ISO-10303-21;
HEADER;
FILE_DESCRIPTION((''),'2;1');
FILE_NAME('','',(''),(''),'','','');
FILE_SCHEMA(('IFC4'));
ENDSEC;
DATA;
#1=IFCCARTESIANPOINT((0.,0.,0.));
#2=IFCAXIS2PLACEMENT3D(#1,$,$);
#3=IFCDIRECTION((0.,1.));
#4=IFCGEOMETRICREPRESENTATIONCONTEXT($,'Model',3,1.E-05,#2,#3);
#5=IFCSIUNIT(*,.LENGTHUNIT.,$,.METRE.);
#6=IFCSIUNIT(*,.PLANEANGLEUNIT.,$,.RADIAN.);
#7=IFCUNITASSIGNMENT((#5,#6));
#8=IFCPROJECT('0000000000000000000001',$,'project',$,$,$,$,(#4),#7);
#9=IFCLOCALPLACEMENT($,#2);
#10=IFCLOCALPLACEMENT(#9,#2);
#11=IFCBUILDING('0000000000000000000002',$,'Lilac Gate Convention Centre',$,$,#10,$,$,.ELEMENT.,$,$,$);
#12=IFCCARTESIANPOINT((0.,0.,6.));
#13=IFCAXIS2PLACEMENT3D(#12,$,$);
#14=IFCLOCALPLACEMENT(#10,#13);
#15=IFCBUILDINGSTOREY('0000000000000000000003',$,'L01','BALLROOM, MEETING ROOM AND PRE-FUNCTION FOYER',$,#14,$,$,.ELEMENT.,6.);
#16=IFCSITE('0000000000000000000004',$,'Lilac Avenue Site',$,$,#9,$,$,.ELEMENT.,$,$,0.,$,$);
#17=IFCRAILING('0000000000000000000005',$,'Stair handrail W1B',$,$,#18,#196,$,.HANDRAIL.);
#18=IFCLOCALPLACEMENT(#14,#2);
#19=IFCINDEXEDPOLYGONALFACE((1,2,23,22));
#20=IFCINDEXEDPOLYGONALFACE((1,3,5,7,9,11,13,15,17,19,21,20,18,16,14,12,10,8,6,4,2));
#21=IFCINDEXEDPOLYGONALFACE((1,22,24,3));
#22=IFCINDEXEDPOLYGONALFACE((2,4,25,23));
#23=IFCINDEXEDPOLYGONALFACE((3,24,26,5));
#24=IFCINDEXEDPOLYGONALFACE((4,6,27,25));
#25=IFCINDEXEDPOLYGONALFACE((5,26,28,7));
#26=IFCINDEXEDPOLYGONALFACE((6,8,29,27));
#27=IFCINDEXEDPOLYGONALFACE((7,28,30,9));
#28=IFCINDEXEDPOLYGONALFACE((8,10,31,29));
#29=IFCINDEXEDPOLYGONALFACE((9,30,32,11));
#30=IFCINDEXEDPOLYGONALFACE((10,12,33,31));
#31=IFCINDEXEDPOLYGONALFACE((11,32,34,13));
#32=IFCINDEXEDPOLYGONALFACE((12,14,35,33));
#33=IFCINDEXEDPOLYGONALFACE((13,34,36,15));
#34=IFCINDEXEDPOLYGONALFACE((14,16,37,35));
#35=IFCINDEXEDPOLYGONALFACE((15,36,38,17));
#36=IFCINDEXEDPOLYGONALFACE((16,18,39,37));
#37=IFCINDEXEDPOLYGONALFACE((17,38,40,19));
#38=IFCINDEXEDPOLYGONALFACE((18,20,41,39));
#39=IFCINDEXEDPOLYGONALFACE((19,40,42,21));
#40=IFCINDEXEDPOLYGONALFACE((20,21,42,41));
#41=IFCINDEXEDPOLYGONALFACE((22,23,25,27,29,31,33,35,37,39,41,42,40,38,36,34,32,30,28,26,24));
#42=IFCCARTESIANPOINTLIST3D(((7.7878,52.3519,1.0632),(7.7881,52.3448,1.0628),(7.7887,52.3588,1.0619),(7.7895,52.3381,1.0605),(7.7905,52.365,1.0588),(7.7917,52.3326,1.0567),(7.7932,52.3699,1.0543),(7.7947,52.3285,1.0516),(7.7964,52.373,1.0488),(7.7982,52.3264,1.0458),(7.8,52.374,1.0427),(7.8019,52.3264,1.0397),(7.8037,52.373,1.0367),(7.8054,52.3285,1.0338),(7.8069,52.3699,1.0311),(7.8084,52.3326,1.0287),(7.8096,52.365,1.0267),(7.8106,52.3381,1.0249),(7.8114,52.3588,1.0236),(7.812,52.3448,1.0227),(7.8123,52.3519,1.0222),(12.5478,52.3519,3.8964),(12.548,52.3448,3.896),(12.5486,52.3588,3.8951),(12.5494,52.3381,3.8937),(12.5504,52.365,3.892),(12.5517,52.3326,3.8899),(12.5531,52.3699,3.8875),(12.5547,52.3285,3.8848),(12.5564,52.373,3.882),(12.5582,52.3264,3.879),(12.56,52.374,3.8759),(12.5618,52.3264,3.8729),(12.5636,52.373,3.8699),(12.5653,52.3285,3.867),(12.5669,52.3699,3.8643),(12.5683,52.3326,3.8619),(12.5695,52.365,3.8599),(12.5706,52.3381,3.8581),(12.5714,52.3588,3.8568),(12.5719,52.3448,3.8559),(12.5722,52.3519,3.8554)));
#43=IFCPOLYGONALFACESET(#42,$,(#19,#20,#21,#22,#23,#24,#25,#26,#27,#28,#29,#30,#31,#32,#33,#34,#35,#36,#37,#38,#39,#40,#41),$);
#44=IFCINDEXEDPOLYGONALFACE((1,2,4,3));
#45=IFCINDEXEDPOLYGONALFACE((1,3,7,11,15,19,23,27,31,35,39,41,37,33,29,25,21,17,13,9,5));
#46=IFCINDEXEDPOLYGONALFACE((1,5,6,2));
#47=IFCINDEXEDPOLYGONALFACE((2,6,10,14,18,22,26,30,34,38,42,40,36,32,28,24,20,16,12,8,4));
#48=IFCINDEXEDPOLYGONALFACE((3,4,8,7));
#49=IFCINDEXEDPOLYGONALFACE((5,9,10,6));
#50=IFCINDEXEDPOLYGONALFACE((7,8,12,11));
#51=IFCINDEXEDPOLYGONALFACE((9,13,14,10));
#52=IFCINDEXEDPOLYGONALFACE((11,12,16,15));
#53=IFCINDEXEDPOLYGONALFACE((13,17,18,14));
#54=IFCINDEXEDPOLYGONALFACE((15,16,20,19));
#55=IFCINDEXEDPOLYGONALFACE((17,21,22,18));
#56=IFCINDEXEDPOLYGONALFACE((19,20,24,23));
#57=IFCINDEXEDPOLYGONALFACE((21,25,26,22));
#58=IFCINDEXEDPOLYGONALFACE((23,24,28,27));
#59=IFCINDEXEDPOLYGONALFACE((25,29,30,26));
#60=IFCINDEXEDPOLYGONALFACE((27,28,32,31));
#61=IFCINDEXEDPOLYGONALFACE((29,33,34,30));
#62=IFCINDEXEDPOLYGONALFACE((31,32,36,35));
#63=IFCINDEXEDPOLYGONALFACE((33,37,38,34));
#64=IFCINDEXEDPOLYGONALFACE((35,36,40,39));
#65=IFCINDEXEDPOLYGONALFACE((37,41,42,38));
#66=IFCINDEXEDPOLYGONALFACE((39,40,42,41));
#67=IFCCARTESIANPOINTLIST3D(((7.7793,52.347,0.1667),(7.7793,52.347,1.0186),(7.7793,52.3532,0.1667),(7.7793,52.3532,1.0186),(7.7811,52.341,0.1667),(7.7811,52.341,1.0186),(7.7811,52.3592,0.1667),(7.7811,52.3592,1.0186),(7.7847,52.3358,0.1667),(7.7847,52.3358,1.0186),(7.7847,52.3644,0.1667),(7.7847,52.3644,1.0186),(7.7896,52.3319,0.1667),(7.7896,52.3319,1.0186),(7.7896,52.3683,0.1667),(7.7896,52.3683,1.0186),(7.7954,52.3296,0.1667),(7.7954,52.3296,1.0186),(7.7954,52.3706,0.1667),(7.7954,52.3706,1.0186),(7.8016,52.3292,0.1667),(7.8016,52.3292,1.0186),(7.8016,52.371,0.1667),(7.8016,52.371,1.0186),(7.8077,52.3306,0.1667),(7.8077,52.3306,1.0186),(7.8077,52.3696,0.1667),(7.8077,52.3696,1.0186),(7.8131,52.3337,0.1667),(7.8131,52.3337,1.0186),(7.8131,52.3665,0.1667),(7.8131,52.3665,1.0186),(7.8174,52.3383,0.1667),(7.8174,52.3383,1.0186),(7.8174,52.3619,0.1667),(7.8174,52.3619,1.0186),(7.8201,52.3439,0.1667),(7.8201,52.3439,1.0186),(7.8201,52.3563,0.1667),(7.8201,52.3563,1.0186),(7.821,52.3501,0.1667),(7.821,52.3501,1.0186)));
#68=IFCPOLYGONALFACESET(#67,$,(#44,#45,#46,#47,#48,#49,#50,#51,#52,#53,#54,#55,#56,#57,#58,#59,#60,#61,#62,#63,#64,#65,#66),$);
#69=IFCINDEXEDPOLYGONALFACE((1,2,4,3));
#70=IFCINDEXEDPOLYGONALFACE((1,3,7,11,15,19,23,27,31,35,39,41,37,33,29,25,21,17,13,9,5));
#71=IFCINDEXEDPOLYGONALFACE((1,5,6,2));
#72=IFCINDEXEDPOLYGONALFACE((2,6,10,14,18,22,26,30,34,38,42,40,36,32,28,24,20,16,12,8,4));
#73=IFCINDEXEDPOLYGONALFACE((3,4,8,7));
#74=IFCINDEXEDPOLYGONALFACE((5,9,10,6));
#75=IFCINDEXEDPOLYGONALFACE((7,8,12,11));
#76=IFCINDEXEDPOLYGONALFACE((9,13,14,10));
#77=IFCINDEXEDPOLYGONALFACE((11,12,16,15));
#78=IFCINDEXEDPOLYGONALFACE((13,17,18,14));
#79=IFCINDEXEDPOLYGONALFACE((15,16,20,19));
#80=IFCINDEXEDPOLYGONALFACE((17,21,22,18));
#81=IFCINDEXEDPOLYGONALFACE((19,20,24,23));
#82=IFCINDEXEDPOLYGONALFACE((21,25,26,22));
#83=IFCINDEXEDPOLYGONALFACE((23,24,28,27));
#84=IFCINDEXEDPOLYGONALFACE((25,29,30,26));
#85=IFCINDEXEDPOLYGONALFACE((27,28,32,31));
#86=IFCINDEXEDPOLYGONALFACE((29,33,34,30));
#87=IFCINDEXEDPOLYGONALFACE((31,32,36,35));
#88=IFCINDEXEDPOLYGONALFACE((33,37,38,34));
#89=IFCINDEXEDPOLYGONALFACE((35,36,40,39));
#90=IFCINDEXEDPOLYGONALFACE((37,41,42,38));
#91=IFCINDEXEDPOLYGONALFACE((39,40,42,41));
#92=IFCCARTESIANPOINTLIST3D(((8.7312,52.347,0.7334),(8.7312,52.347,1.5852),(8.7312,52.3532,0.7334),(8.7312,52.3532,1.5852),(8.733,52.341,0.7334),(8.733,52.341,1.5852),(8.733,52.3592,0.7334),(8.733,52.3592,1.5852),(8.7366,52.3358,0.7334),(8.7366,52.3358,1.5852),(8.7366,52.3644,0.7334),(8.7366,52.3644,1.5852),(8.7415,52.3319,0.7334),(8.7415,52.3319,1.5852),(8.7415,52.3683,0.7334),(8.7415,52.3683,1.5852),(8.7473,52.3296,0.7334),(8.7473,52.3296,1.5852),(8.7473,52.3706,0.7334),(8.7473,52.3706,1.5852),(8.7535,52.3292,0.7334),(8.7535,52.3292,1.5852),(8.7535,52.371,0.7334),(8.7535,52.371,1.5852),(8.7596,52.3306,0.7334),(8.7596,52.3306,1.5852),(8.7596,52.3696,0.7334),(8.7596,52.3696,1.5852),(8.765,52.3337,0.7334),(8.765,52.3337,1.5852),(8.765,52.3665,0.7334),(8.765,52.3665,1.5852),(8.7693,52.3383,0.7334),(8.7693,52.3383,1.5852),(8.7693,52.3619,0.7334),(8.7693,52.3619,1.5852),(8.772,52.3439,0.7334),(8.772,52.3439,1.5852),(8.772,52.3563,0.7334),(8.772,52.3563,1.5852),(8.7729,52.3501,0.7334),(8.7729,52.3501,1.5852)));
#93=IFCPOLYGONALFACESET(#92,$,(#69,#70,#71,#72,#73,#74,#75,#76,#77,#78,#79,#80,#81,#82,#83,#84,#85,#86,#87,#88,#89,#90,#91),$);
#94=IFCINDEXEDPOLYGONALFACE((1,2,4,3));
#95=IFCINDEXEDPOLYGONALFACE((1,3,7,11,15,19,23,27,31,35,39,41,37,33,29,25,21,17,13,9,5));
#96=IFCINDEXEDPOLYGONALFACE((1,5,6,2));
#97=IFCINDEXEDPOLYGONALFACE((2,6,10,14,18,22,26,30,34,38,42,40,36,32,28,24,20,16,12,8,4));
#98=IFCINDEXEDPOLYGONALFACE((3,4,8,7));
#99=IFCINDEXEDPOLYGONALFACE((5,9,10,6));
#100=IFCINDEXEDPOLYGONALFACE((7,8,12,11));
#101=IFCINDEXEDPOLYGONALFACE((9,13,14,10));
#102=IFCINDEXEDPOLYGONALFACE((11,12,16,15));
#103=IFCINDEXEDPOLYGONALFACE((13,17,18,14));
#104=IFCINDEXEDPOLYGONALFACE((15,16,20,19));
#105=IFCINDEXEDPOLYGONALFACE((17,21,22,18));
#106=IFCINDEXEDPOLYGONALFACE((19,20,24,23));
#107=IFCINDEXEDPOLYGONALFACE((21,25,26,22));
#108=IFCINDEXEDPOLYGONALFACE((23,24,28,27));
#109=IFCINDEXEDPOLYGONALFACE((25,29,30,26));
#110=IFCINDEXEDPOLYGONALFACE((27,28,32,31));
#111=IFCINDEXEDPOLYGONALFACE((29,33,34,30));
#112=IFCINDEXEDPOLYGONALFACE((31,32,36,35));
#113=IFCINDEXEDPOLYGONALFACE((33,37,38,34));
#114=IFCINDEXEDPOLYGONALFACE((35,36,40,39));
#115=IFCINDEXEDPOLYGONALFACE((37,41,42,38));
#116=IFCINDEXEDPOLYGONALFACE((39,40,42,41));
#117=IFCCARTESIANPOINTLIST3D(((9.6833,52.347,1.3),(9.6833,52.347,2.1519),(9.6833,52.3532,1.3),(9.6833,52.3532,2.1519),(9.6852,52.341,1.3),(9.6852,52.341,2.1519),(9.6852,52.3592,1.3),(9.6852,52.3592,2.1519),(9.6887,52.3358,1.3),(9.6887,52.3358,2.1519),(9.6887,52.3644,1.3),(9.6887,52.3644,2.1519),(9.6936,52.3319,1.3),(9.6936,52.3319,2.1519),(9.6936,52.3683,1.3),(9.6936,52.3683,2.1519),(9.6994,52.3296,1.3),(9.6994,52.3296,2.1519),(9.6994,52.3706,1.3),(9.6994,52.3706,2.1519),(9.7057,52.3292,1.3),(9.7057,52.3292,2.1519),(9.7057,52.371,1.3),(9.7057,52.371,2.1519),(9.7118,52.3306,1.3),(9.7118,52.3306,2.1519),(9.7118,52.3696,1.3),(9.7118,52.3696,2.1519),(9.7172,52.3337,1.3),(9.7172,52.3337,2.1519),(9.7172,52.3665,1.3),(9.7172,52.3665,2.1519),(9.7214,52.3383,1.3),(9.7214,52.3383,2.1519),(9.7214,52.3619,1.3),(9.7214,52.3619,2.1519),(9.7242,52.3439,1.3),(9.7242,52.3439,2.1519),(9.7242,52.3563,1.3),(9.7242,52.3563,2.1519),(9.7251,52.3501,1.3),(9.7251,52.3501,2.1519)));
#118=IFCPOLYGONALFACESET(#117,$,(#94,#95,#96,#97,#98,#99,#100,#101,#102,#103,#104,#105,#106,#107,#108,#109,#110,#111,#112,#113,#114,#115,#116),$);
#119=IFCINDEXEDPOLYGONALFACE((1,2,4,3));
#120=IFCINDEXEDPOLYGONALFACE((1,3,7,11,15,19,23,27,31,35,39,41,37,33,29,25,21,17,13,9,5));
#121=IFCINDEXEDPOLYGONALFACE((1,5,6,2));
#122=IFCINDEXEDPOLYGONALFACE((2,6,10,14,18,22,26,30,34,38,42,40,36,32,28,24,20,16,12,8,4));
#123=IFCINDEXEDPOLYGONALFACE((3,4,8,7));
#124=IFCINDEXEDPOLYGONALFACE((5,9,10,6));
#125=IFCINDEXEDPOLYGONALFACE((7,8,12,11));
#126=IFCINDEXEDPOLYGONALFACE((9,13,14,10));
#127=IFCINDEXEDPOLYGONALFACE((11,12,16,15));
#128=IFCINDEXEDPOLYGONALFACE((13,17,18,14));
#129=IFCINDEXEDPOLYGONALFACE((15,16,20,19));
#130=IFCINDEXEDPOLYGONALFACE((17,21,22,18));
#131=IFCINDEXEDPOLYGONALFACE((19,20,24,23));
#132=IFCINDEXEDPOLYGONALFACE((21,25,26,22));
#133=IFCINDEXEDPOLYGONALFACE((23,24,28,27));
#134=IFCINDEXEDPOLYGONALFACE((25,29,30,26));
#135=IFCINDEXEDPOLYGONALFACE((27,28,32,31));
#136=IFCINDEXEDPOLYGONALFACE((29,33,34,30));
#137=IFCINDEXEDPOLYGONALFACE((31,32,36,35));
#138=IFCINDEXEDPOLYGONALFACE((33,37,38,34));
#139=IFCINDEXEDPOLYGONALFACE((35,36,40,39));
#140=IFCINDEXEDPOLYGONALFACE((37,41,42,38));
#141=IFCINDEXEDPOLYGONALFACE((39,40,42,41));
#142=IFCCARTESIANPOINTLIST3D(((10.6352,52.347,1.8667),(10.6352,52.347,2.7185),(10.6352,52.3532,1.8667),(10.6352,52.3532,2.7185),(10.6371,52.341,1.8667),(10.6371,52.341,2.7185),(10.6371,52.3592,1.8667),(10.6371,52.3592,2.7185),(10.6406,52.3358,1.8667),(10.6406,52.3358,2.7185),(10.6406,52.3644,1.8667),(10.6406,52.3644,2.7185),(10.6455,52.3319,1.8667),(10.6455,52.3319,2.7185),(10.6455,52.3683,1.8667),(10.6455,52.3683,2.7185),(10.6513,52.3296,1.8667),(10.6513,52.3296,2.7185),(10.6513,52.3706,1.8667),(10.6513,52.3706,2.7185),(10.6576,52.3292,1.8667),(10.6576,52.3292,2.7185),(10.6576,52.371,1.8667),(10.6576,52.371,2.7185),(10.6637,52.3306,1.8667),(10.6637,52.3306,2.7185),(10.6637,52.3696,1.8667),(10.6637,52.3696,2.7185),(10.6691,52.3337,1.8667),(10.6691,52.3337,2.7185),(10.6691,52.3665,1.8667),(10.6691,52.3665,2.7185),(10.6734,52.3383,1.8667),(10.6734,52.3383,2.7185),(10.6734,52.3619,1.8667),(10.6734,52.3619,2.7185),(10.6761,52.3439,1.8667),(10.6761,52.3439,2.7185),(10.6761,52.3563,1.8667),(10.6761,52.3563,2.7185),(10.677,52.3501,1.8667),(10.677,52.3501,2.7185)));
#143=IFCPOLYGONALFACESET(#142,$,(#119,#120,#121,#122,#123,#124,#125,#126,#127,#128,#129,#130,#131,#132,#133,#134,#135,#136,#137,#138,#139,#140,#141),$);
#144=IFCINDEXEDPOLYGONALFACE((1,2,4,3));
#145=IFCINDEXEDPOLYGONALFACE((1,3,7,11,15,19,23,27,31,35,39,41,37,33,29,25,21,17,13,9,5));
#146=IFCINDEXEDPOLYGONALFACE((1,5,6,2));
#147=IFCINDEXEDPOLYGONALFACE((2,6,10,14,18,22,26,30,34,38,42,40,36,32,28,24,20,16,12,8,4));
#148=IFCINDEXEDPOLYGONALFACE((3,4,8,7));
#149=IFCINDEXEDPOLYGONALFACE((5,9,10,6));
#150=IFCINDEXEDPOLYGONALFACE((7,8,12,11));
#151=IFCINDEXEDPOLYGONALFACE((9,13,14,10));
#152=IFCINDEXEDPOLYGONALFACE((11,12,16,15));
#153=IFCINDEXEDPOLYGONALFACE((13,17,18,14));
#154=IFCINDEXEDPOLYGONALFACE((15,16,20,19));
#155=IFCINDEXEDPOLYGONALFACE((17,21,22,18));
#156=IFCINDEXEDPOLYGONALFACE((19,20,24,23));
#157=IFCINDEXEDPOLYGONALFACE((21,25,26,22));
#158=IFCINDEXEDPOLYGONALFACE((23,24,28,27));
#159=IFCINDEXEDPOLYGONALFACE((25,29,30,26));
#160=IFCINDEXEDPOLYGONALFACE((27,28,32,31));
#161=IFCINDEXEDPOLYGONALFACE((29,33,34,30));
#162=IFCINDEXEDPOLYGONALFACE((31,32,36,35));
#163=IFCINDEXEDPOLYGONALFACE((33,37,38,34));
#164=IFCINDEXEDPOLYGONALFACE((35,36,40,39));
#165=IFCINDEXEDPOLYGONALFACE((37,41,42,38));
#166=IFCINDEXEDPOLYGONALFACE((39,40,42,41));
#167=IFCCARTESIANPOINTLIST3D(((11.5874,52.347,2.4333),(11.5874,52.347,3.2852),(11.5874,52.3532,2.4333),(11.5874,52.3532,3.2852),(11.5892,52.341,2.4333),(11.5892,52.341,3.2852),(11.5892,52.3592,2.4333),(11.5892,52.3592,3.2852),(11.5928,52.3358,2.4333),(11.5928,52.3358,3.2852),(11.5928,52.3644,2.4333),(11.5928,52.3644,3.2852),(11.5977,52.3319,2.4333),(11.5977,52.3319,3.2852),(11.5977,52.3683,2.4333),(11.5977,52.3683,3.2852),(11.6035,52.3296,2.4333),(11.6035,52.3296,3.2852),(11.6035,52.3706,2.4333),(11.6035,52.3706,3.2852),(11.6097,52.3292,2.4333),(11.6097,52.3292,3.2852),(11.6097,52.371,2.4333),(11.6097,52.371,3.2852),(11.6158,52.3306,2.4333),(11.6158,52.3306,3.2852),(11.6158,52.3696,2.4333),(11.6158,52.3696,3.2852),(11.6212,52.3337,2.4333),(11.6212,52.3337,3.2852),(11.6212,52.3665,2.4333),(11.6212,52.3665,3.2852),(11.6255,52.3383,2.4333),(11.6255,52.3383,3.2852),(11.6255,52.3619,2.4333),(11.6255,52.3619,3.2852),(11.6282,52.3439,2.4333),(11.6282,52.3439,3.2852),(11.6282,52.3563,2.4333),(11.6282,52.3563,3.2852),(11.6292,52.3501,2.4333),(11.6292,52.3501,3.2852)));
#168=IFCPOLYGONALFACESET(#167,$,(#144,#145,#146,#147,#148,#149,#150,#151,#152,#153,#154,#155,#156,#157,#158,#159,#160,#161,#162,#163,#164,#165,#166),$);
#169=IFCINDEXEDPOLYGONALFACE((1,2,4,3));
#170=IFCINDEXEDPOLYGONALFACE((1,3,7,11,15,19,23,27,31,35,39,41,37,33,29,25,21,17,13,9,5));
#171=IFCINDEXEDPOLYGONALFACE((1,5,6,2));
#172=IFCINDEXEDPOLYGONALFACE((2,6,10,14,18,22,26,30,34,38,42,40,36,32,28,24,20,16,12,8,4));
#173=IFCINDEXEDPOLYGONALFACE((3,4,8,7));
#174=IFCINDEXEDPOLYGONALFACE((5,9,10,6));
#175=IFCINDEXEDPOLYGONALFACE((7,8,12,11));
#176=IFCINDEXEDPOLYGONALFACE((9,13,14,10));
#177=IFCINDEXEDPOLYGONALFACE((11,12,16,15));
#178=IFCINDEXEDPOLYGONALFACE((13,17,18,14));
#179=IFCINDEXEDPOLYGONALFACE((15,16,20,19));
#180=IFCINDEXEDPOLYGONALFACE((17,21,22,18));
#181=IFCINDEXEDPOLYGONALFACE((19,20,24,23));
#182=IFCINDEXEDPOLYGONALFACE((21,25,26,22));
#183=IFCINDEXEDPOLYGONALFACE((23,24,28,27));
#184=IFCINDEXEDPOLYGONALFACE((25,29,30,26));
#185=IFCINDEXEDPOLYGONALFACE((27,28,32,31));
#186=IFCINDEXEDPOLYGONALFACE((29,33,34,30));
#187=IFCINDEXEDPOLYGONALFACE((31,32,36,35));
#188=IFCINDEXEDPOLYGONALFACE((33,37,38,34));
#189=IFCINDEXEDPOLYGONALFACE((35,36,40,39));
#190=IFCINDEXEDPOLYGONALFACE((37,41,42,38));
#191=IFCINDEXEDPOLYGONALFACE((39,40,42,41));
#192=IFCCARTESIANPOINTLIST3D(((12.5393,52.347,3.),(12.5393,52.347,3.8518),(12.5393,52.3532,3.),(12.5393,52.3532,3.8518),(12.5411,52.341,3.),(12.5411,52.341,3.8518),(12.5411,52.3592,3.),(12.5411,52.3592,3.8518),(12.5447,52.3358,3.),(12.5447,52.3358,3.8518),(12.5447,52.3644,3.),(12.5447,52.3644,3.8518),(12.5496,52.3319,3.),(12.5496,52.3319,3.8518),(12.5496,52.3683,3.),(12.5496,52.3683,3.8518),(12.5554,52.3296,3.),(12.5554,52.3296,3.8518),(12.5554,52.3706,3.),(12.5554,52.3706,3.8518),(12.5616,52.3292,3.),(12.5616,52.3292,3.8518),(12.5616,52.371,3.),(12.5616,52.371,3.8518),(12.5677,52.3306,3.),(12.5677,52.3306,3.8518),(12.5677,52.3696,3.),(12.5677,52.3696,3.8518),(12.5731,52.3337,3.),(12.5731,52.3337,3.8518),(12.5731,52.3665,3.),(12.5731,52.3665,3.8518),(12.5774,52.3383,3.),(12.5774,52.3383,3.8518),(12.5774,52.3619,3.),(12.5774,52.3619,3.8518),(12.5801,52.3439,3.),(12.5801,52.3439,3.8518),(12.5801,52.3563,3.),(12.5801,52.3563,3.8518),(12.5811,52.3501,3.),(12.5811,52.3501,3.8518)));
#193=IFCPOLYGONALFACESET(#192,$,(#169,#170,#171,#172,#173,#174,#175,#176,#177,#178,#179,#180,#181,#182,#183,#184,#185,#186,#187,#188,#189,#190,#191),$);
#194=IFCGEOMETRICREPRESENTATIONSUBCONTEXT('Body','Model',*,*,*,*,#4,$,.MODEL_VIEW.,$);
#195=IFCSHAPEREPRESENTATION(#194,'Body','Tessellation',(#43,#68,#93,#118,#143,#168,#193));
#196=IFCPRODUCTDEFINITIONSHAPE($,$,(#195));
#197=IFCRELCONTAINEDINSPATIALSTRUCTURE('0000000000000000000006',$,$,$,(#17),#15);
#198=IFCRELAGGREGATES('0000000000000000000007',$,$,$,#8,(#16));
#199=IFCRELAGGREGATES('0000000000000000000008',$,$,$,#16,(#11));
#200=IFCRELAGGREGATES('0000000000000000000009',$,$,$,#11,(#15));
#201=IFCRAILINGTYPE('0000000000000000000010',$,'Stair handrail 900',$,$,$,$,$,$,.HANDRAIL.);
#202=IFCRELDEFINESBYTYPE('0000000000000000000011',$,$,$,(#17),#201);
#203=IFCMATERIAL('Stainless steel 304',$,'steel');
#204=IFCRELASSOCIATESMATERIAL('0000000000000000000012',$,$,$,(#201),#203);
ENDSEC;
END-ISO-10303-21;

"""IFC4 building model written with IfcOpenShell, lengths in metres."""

from ifc_helpers import new_model, si_unit, direction, frame, origin, origin_2d, place, context, subcontext, project, spatial, circle, extrude, material, type_object, element, save


model = new_model("IFC4")

# Units and contexts
model_context = context("Model", 3, precision=1e-05, world=origin(), true_north=direction((0.0, 1.0)))
body_context = subcontext(model_context, "Body", "Model", "MODEL_VIEW")
ifc_project = project(units=[si_unit("LENGTHUNIT", "METRE"), si_unit("PLANEANGLEUNIT", "RADIAN")], contexts=[model_context])

# Site, building, storey
site_placement = place(None, origin())
site = spatial("IfcSite", under=ifc_project, at=site_placement, Name="Lilac Avenue Site", CompositionType="ELEMENT", RefElevation=0.0)
building_placement = place(site_placement, origin())
building = spatial("IfcBuilding", under=site, at=building_placement, Name="Lilac Gate Convention Centre", CompositionType="ELEMENT")
storey_placement = place(building_placement, frame((0.0, 0.0, 6.0)))
storey = spatial("IfcBuildingStorey", under=building, at=storey_placement, Name="L01", Description="BALLROOM, MEETING ROOM AND PRE-FUNCTION FOYER", CompositionType="ELEMENT", Elevation=6.0)

# Railing
ifc_material_1 = material(Name="Stainless steel 304", Category="steel")
railing_type_1 = type_object("IfcRailingType", Name="Stair handrail 900", PredefinedType="HANDRAIL", material=ifc_material_1)
for number, where, name in (
    (1, (7.8, 52.3501, 0.1667), "Stair handrail W1B"),
):
    element("IfcRailing", number, at=place(storey_placement, frame(where)), inside=storey, type_object=railing_type_1, Name=name, PredefinedType="HANDRAIL", context=body_context, shape_type="SweptSolid", body=[
        extrude(circle(Radius=0.0239, at=origin_2d()), frame((0.0, 0.0, 0.876), z_axis=(0.8593, 0.0, 0.511472), x_axis=(0.0, 1.0, 0.0)), (0.0, 0.0, 1.0), 5.5393),
        extrude(circle(Radius=0.021, at=origin_2d()), origin(), (0.0, 0.0, 1.0), 0.8518),
        extrude(circle(Radius=0.021, at=origin_2d()), frame((0.9519, 0.0, 0.5667)), (0.0, 0.0, 1.0), 0.8518),
        extrude(circle(Radius=0.021, at=origin_2d()), frame((1.9041, 0.0, 1.1333)), (0.0, 0.0, 1.0), 0.8518),
        extrude(circle(Radius=0.021, at=origin_2d()), frame((2.856, 0.0, 1.7)), (0.0, 0.0, 1.0), 0.8518),
        extrude(circle(Radius=0.021, at=origin_2d()), frame((3.8081, 0.0, 2.2666)), (0.0, 0.0, 1.0), 0.8518),
        extrude(circle(Radius=0.021, at=origin_2d()), frame((4.76, 0.0, 2.8333)), (0.0, 0.0, 1.0), 0.8518),
    ])

save(model, "model.ifc")
